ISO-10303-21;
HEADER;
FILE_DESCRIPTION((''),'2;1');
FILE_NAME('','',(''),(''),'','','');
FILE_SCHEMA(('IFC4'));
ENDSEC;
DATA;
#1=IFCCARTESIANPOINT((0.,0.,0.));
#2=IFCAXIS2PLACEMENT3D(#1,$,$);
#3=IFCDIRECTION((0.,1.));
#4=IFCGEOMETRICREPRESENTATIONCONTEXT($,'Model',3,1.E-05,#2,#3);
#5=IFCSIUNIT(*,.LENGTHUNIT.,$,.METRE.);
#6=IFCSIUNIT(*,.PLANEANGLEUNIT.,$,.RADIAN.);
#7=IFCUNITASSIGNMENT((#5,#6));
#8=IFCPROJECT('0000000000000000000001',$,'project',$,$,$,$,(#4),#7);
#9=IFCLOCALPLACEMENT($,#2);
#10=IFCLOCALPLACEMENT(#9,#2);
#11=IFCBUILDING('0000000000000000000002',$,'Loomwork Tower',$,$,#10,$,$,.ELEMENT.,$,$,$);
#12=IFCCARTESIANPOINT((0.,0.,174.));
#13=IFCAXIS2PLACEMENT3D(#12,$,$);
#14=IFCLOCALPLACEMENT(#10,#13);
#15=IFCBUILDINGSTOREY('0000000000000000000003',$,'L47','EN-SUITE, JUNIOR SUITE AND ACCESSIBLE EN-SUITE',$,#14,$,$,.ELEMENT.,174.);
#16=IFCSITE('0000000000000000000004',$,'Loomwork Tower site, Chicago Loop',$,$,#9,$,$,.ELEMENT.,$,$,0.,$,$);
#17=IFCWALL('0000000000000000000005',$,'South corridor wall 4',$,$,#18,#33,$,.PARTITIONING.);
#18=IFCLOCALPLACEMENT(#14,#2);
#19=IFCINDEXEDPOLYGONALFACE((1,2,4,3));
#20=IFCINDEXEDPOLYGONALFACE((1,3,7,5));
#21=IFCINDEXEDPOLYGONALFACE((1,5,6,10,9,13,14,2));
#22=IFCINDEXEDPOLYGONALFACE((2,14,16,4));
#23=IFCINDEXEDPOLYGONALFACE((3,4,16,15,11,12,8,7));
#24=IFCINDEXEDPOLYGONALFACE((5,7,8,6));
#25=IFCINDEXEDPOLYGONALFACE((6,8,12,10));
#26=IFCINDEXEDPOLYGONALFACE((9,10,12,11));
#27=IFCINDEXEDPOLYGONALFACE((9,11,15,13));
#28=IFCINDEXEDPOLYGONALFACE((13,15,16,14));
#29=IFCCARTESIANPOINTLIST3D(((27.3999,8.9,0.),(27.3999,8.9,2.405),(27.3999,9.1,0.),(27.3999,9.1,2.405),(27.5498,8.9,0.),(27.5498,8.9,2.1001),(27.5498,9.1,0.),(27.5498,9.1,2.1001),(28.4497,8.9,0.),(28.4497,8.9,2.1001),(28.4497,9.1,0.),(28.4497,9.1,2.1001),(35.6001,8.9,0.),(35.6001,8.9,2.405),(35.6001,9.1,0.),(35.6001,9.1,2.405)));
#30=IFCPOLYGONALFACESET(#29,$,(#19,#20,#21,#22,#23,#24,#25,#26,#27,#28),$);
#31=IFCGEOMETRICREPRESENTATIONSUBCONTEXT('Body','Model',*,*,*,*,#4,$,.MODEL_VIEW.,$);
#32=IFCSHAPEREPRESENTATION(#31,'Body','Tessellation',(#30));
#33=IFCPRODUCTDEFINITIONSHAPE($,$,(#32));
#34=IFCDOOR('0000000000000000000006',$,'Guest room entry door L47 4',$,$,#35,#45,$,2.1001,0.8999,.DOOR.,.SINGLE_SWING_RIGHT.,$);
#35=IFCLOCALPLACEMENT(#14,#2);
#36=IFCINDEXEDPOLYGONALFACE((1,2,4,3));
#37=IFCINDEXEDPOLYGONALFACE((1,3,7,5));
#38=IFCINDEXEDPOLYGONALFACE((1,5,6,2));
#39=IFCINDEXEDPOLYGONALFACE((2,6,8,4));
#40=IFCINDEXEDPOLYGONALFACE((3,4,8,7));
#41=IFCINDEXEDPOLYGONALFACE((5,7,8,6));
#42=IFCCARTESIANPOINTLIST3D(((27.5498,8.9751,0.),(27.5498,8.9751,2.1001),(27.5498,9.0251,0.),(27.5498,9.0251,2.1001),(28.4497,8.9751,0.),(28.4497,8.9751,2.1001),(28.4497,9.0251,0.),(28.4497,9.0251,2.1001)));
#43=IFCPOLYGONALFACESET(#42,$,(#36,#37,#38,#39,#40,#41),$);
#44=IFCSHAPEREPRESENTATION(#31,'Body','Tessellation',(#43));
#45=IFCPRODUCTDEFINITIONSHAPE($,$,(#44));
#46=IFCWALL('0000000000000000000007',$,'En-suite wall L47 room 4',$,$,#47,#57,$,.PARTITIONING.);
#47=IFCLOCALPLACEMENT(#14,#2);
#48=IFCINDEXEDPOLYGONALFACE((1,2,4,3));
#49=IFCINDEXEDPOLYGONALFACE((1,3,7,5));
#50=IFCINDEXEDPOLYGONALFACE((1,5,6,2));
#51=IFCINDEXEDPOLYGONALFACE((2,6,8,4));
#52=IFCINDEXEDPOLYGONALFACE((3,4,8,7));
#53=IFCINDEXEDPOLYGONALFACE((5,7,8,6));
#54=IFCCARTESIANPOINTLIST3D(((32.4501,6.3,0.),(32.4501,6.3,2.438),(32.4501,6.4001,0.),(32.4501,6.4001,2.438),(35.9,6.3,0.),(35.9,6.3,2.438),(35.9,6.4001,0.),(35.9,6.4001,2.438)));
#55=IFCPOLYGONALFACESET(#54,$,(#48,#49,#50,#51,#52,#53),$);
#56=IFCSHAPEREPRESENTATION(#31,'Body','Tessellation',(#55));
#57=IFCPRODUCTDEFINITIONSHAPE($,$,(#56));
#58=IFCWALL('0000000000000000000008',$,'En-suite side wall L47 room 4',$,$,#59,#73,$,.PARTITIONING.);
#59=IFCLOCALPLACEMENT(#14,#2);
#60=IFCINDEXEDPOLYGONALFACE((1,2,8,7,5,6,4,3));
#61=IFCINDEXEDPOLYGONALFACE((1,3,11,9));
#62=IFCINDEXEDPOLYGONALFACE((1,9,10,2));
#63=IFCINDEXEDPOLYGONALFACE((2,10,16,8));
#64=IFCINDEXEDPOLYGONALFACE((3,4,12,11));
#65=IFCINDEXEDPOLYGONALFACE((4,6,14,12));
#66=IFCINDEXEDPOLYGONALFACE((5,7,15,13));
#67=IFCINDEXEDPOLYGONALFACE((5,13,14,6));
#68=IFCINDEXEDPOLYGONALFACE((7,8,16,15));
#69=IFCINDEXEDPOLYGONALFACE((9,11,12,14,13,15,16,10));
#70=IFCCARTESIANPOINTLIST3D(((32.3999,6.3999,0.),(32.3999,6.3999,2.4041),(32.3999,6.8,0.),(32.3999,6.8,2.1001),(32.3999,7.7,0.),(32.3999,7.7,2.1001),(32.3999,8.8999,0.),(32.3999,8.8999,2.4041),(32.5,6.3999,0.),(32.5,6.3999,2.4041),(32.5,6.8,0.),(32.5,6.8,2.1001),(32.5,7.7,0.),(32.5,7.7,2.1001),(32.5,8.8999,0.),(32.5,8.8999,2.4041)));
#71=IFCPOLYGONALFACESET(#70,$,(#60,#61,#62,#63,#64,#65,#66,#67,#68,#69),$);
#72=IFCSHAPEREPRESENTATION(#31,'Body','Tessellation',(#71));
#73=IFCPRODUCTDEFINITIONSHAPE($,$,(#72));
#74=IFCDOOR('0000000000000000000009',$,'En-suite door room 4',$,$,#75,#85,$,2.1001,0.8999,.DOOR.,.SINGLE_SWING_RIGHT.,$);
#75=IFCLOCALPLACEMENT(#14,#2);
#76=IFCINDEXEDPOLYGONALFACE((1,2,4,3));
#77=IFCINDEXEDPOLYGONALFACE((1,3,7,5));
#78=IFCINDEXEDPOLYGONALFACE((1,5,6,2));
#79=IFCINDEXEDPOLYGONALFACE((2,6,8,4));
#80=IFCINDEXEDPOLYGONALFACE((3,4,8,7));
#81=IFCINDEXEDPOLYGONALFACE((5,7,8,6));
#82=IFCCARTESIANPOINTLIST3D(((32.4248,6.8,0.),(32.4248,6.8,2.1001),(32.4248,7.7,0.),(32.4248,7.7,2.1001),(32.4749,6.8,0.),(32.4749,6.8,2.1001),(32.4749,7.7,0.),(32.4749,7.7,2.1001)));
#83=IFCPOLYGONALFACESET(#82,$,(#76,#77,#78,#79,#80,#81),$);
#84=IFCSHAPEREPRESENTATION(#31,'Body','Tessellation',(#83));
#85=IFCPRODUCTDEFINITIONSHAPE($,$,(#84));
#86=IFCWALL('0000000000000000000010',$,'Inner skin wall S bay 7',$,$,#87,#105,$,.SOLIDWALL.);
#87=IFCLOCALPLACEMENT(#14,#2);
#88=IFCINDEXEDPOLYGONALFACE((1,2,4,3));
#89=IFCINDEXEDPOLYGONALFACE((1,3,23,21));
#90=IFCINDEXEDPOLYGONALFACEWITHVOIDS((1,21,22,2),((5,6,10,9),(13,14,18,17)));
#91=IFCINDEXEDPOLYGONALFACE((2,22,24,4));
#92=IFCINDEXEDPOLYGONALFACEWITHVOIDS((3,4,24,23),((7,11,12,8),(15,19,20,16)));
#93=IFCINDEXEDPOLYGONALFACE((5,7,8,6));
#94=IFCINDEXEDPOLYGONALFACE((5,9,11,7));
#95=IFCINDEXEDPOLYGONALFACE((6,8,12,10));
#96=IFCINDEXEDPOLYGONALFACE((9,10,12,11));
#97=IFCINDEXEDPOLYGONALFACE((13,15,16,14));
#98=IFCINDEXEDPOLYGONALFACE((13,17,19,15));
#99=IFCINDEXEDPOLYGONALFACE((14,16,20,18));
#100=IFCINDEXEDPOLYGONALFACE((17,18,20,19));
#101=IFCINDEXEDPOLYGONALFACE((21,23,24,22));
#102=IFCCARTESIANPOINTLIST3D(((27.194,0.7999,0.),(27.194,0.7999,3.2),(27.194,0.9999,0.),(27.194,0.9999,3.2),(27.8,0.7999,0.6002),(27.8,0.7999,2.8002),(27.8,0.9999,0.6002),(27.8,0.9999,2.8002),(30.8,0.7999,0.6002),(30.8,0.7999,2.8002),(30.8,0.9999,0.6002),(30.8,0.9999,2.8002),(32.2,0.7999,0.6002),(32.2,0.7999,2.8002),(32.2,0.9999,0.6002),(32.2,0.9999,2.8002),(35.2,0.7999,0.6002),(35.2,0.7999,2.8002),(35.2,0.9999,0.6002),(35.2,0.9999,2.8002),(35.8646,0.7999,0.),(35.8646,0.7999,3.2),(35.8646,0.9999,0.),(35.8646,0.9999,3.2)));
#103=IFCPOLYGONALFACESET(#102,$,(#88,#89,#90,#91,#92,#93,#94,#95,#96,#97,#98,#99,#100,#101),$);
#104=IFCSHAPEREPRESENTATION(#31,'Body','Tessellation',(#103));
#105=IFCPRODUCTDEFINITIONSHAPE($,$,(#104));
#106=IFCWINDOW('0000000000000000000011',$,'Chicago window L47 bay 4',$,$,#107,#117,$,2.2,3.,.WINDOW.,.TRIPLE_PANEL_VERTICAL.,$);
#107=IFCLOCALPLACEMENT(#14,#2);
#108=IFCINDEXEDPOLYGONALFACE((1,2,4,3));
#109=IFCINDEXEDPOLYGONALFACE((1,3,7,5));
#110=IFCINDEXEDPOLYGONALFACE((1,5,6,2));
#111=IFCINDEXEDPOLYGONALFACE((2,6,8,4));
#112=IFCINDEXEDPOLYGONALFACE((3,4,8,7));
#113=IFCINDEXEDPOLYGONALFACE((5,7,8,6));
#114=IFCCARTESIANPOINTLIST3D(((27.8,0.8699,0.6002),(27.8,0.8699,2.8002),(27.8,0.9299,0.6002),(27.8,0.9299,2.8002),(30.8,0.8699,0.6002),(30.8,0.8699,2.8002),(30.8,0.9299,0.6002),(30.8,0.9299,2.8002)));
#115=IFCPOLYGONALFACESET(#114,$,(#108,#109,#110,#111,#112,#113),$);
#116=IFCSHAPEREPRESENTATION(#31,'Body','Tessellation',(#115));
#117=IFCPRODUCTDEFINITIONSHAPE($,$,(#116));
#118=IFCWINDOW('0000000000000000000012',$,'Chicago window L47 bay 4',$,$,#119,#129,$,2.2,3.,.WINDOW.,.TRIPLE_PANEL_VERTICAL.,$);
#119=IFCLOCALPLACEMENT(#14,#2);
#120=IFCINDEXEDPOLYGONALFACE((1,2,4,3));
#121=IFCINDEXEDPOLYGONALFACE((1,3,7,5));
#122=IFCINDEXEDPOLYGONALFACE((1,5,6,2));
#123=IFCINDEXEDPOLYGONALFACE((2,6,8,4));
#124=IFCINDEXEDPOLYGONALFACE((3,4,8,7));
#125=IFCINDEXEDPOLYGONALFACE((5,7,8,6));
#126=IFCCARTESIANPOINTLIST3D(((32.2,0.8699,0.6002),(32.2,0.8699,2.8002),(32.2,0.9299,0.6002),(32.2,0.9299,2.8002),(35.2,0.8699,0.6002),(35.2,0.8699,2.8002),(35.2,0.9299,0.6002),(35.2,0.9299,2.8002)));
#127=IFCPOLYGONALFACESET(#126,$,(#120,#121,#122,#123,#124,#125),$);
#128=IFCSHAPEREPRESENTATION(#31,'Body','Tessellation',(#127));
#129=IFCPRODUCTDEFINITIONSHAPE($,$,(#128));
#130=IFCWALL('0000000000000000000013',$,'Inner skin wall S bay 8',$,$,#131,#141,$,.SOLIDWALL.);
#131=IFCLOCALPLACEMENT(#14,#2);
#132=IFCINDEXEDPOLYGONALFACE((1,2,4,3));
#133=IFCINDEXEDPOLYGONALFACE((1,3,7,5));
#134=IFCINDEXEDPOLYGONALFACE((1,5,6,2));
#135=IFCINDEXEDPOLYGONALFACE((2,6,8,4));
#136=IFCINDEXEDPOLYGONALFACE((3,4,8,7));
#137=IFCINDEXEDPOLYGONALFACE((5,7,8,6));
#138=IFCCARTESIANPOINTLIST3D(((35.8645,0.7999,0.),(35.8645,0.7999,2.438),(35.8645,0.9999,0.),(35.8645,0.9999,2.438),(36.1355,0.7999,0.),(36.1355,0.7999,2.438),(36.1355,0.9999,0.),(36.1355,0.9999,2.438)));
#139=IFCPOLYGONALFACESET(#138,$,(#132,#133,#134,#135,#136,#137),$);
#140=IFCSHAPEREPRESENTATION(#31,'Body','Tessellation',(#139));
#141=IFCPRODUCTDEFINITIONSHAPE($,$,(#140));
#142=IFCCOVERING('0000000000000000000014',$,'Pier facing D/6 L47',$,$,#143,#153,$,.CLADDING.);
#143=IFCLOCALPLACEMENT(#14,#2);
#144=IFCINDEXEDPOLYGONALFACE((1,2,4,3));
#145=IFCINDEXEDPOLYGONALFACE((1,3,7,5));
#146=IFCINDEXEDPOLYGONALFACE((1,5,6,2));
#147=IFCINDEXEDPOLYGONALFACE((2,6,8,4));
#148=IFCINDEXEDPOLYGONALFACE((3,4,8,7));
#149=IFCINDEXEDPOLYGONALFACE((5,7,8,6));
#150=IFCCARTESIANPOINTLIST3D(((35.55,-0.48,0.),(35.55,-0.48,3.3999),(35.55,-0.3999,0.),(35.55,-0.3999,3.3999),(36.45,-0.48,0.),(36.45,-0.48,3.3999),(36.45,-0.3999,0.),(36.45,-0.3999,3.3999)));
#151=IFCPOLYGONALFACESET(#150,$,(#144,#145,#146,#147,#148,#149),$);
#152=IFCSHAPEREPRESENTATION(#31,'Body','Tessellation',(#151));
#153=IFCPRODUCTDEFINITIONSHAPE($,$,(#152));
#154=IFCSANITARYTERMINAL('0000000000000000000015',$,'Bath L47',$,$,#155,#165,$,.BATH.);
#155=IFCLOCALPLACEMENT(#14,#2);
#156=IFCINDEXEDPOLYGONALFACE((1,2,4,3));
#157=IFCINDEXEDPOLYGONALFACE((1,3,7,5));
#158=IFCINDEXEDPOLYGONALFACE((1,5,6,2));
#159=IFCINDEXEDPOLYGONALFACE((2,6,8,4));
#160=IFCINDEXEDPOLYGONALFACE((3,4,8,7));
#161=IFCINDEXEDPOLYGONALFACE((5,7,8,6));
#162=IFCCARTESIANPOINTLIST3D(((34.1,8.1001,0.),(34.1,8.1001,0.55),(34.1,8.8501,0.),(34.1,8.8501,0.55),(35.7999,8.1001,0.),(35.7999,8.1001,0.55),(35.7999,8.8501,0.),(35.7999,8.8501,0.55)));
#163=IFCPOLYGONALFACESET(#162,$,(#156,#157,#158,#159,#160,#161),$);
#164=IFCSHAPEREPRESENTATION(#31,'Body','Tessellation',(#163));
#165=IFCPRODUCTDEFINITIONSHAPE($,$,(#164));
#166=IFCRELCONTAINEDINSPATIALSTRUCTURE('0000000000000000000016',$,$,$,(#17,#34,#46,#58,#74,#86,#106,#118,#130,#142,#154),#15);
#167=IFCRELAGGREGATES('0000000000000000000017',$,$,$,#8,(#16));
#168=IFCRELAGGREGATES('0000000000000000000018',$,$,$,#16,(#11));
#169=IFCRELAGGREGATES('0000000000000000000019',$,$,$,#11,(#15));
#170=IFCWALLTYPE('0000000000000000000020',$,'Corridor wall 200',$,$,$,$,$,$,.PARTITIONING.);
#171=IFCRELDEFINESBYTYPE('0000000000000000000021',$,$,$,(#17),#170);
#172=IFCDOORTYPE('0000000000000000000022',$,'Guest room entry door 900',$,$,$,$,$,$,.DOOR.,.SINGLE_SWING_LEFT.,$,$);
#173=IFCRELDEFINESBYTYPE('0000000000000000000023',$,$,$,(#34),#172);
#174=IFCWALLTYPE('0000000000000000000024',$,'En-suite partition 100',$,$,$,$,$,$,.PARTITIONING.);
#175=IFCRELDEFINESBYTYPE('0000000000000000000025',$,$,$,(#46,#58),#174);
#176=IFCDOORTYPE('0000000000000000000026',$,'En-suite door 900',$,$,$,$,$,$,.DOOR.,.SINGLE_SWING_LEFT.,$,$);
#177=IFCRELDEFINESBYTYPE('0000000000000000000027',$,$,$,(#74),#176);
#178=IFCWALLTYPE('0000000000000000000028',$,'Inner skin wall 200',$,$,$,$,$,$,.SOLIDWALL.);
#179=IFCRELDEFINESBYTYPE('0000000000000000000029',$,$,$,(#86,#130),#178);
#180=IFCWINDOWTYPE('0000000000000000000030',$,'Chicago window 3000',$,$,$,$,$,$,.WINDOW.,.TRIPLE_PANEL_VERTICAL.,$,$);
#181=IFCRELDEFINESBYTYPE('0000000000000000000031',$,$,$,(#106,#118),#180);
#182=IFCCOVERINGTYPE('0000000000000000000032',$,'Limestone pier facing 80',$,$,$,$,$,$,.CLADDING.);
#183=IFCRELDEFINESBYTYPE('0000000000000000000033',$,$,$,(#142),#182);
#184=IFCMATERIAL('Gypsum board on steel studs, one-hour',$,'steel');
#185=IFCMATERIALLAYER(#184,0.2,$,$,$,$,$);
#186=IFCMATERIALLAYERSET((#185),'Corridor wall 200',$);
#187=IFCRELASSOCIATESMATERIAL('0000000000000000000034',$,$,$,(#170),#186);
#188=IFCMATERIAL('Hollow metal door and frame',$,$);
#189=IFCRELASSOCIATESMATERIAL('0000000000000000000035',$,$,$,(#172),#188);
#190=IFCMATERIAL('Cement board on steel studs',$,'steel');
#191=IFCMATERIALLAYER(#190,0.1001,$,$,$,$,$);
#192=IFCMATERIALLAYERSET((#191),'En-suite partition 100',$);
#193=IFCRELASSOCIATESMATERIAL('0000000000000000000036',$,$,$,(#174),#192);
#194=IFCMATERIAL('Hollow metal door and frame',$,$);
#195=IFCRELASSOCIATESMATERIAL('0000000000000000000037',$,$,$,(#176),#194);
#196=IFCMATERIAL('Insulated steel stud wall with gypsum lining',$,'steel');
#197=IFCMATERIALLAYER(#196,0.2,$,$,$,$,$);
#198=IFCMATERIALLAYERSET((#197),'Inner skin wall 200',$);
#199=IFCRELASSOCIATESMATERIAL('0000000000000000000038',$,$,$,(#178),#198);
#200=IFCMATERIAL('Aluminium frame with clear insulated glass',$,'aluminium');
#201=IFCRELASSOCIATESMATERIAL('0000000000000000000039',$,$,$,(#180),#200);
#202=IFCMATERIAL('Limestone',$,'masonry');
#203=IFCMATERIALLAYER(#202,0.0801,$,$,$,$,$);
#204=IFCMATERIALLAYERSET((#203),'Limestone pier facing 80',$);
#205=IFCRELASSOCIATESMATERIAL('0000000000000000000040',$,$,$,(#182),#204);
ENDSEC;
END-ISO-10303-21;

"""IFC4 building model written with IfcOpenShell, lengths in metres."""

from ifc_helpers import new_model, si_unit, direction, frame, frame_2d, origin, origin_2d, place, context, subcontext, project, spatial, rectangle, extrude, material, layer, layer_set, type_object, element, fill, save


model = new_model("IFC4")

# Units and contexts
model_context = context("Model", 3, precision=1e-05, world=origin(), true_north=direction((0.0, 1.0)))
body_context = subcontext(model_context, "Body", "Model", "MODEL_VIEW")
ifc_project = project(units=[si_unit("LENGTHUNIT", "METRE"), si_unit("PLANEANGLEUNIT", "RADIAN")], contexts=[model_context])

# Site, building, storey
site_placement = place(None, origin())
site = spatial("IfcSite", under=ifc_project, at=site_placement, Name="Loomwork Tower site, Chicago Loop", CompositionType="ELEMENT", RefElevation=0.0)
building_placement = place(site_placement, origin())
building = spatial("IfcBuilding", under=site, at=building_placement, Name="Loomwork Tower", CompositionType="ELEMENT")
storey_placement = place(building_placement, frame((0.0, 0.0, 174.0)))
storey = spatial("IfcBuildingStorey", under=building, at=storey_placement, Name="L47", Description="EN-SUITE, JUNIOR SUITE AND ACCESSIBLE EN-SUITE", CompositionType="ELEMENT", Elevation=174.0)

# Wall, opening, door
ifc_material_1 = material(Name="Gypsum board on steel studs, one-hour", Category="steel")
ifc_layer_1 = layer(ifc_material_1, 0.2)
ifc_layer_set_1 = layer_set([ifc_layer_1], Name="Corridor wall 200")
wall_type_1 = type_object("IfcWallType", Name="Corridor wall 200", PredefinedType="PARTITIONING", material=ifc_layer_set_1)
wall_1_placement = place(storey_placement, frame((27.3999, 9.0, 0.0), z_axis=(0.0, 0.0, 1.0), x_axis=(1.0, 0.0, 0.0)))
wall_1 = element("IfcWall", 1, at=wall_1_placement, inside=storey, type_object=wall_type_1, Name="South corridor wall 4", PredefinedType="PARTITIONING", context=body_context, shape_type="SweptSolid", body=[
    extrude(rectangle(XDim=8.2002, YDim=0.2, at=frame_2d((4.1001, 0.0))), origin(), (0.0, 0.0, 1.0), 2.405),
])
opening_1_placement = place(wall_1_placement, frame((0.1499, 0.0, 0.0)))
opening_1 = element("IfcOpeningElement", 2, at=opening_1_placement, cuts=wall_1, PredefinedType="OPENING", context=body_context, shape_type="SweptSolid", body=[
    extrude(rectangle(XDim=0.8999, YDim=2.1001, at=frame_2d((0.45, 1.05))), frame((0.0, 0.1099, 0.0), z_axis=(0.0, -1.0, 0.0), x_axis=(1.0, 0.0, 0.0)), (0.0, 0.0, 1.0), 0.22),
])
ifc_material_2 = material(Name="Hollow metal door and frame")
door_type_1 = type_object("IfcDoorType", Name="Guest room entry door 900", OperationType="SINGLE_SWING_LEFT", PredefinedType="DOOR", material=ifc_material_2)
door_1_placement = place(opening_1_placement, frame((0.8999, 0.0, 0.0), z_axis=(0.0, 0.0, 1.0), x_axis=(-1.0, 0.0, 0.0)))
door_1 = element("IfcDoor", 3, at=door_1_placement, inside=storey, type_object=door_type_1, Name="Guest room entry door L47 4", OperationType="SINGLE_SWING_RIGHT", OverallHeight=2.1001, OverallWidth=0.8999, PredefinedType="DOOR", context=body_context, shape_type="SweptSolid", body=[
    extrude(rectangle(XDim=0.8999, YDim=2.1001, at=frame_2d((0.45, 1.05))), frame((0.0, 0.0249, 0.0), z_axis=(0.0, -1.0, 0.0), x_axis=(1.0, 0.0, 0.0)), (0.0, 0.0, 1.0), 0.05),
])
fill(opening_1, door_1)

# Wall
ifc_material_3 = material(Name="Cement board on steel studs", Category="steel")
ifc_layer_2 = layer(ifc_material_3, 0.1001)
ifc_layer_set_2 = layer_set([ifc_layer_2], Name="En-suite partition 100")
wall_type_2 = type_object("IfcWallType", Name="En-suite partition 100", PredefinedType="PARTITIONING", material=ifc_layer_set_2)
wall_2_placement = place(storey_placement, frame((32.45, 6.3501, 0.0), z_axis=(0.0, 0.0, 1.0), x_axis=(1.0, 0.0, 0.0)))
element("IfcWall", 4, at=wall_2_placement, inside=storey, type_object=wall_type_2, Name="En-suite wall L47 room 4", PredefinedType="PARTITIONING", context=body_context, shape_type="SweptSolid", body=[
    extrude(rectangle(XDim=3.45, YDim=0.1001, at=frame_2d((1.7251, 0.0))), origin(), (0.0, 0.0, 1.0), 2.438),
])

# Wall, opening, door
wall_3_placement = place(storey_placement, frame((32.45, 8.8999, 0.0), z_axis=(0.0, 0.0, 1.0), x_axis=(0.0, -1.0, 0.0)))
wall_3 = element("IfcWall", 5, at=wall_3_placement, inside=storey, type_object=wall_type_2, Name="En-suite side wall L47 room 4", PredefinedType="PARTITIONING", context=body_context, shape_type="SweptSolid", body=[
    extrude(rectangle(XDim=2.5, YDim=0.1001, at=frame_2d((1.25, 0.0))), origin(), (0.0, 0.0, 1.0), 2.4041),
])
opening_2_placement = place(wall_3_placement, frame((1.2, 0.0, 0.0)))
opening_2 = element("IfcOpeningElement", 6, at=opening_2_placement, cuts=wall_3, PredefinedType="OPENING", context=body_context, shape_type="SweptSolid", body=[
    extrude(rectangle(XDim=0.8999, YDim=2.1001, at=frame_2d((0.45, 1.05))), frame((0.0, 0.0601, 0.0), z_axis=(0.0, -1.0, 0.0), x_axis=(1.0, 0.0, 0.0)), (0.0, 0.0, 1.0), 0.1201),
])
ifc_material_4 = material(Name="Hollow metal door and frame")
door_type_2 = type_object("IfcDoorType", Name="En-suite door 900", OperationType="SINGLE_SWING_LEFT", PredefinedType="DOOR", material=ifc_material_4)
door_2_placement = place(opening_2_placement, origin())
door_2 = element("IfcDoor", 7, at=door_2_placement, inside=storey, type_object=door_type_2, Name="En-suite door room 4", OperationType="SINGLE_SWING_RIGHT", OverallHeight=2.1001, OverallWidth=0.8999, PredefinedType="DOOR", context=body_context, shape_type="SweptSolid", body=[
    extrude(rectangle(XDim=0.8999, YDim=2.1001, at=frame_2d((0.45, 1.05))), frame((0.0, 0.0249, 0.0), z_axis=(0.0, -1.0, 0.0), x_axis=(1.0, 0.0, 0.0)), (0.0, 0.0, 1.0), 0.05),
])
fill(opening_2, door_2)

# Wall, openings, windows
ifc_material_5 = material(Name="Insulated steel stud wall with gypsum lining", Category="steel")
ifc_layer_3 = layer(ifc_material_5, 0.2)
ifc_layer_set_3 = layer_set([ifc_layer_3], Name="Inner skin wall 200")
wall_type_3 = type_object("IfcWallType", Name="Inner skin wall 200", PredefinedType="SOLIDWALL", material=ifc_layer_set_3)
wall_4_placement = place(storey_placement, frame((27.1938, 0.8999, 0.0), z_axis=(0.0, 0.0, 1.0), x_axis=(1.0, 0.0, 0.0)))
wall_4 = element("IfcWall", 8, at=wall_4_placement, inside=storey, type_object=wall_type_3, Name="Inner skin wall S bay 7", PredefinedType="SOLIDWALL", context=body_context, shape_type="SweptSolid", body=[
    extrude(rectangle(XDim=8.6707, YDim=0.2, at=frame_2d((4.3354, 0.0))), origin(), (0.0, 0.0, 1.0), 3.2),
])
opening_3_placement = place(wall_4_placement, frame((0.6062, 0.0, 0.6001)))
opening_3 = element("IfcOpeningElement", 9, at=opening_3_placement, cuts=wall_4, PredefinedType="OPENING", context=body_context, shape_type="SweptSolid", body=[
    extrude(rectangle(XDim=3.0, YDim=2.2, at=frame_2d((1.5, 1.1001))), frame((0.0, 0.1099, 0.0), z_axis=(0.0, -1.0, 0.0), x_axis=(1.0, 0.0, 0.0)), (0.0, 0.0, 1.0), 0.22),
])
opening_4_placement = place(wall_4_placement, frame((5.0061, 0.0, 0.6001)))
opening_4 = element("IfcOpeningElement", 10, at=opening_4_placement, cuts=wall_4, PredefinedType="OPENING", context=body_context, shape_type="SweptSolid", body=[
    extrude(rectangle(XDim=3.0, YDim=2.2, at=frame_2d((1.5, 1.1001))), frame((0.0, 0.1099, 0.0), z_axis=(0.0, -1.0, 0.0), x_axis=(1.0, 0.0, 0.0)), (0.0, 0.0, 1.0), 0.22),
])
ifc_material_6 = material(Name="Aluminium frame with clear insulated glass", Category="aluminium")
window_type = type_object("IfcWindowType", Name="Chicago window 3000", PartitioningType="TRIPLE_PANEL_VERTICAL", PredefinedType="WINDOW", material=ifc_material_6)
window_1_placement = place(opening_3_placement, origin())
window_1 = element("IfcWindow", 11, at=window_1_placement, inside=storey, type_object=window_type, Name="Chicago window L47 bay 4", OverallHeight=2.2, OverallWidth=3.0, PartitioningType="TRIPLE_PANEL_VERTICAL", PredefinedType="WINDOW", context=body_context, shape_type="SweptSolid", body=[
    extrude(rectangle(XDim=3.0, YDim=2.2, at=frame_2d((1.5, 1.1001))), frame((0.0, 0.03, 0.0), z_axis=(0.0, -1.0, 0.0), x_axis=(1.0, 0.0, 0.0)), (0.0, 0.0, 1.0), 0.0601),
])
fill(opening_3, window_1)
window_2_placement = place(opening_4_placement, origin())
window_2 = element("IfcWindow", 12, at=window_2_placement, inside=storey, type_object=window_type, Name="Chicago window L47 bay 4", OverallHeight=2.2, OverallWidth=3.0, PartitioningType="TRIPLE_PANEL_VERTICAL", PredefinedType="WINDOW", context=body_context, shape_type="SweptSolid", body=[
    extrude(rectangle(XDim=3.0, YDim=2.2, at=frame_2d((1.5, 1.1001))), frame((0.0, 0.03, 0.0), z_axis=(0.0, -1.0, 0.0), x_axis=(1.0, 0.0, 0.0)), (0.0, 0.0, 1.0), 0.0601),
])
fill(opening_4, window_2)

# Wall
wall_5_placement = place(storey_placement, frame((35.8645, 0.8999, 0.0), z_axis=(0.0, 0.0, 1.0), x_axis=(1.0, 0.0, 0.0)))
element("IfcWall", 13, at=wall_5_placement, inside=storey, type_object=wall_type_3, Name="Inner skin wall S bay 8", PredefinedType="SOLIDWALL", context=body_context, shape_type="SweptSolid", body=[
    extrude(rectangle(XDim=0.271, YDim=0.2, at=frame_2d((0.1355, 0.0))), origin(), (0.0, 0.0, 1.0), 2.438),
])

# Covering
ifc_material_7 = material(Name="Limestone", Category="masonry")
ifc_layer_4 = layer(ifc_material_7, 0.0801)
ifc_layer_set_4 = layer_set([ifc_layer_4], Name="Limestone pier facing 80")
covering_type = type_object("IfcCoveringType", Name="Limestone pier facing 80", PredefinedType="CLADDING", material=ifc_layer_set_4)
covering_placement = place(storey_placement, frame((36.0, -0.4399, 0.0), z_axis=(0.0, 0.0, 1.0), x_axis=(1.0, 0.0, 0.0)))
element("IfcCovering", 14, at=covering_placement, inside=storey, type_object=covering_type, Name="Pier facing D/6 L47", PredefinedType="CLADDING", context=body_context, shape_type="SweptSolid", body=[
    extrude(rectangle(XDim=0.8999, YDim=0.0801, at=origin_2d()), origin(), (0.0, 0.0, 1.0), 3.3999),
])

# Sanitary terminal
sanitary_terminal_1_placement = place(storey_placement, frame((34.95, 8.4751, 0.0), z_axis=(0.0, 0.0, 1.0), x_axis=(1.0, 0.0, 0.0)))
element("IfcSanitaryTerminal", 15, at=sanitary_terminal_1_placement, inside=storey, Name="Bath L47", PredefinedType="BATH", context=body_context, shape_type="SweptSolid", body=[
    extrude(rectangle(XDim=1.7, YDim=0.75, at=origin_2d()), origin(), (0.0, 0.0, 1.0), 0.55),
])

save(model, "model.ifc")
